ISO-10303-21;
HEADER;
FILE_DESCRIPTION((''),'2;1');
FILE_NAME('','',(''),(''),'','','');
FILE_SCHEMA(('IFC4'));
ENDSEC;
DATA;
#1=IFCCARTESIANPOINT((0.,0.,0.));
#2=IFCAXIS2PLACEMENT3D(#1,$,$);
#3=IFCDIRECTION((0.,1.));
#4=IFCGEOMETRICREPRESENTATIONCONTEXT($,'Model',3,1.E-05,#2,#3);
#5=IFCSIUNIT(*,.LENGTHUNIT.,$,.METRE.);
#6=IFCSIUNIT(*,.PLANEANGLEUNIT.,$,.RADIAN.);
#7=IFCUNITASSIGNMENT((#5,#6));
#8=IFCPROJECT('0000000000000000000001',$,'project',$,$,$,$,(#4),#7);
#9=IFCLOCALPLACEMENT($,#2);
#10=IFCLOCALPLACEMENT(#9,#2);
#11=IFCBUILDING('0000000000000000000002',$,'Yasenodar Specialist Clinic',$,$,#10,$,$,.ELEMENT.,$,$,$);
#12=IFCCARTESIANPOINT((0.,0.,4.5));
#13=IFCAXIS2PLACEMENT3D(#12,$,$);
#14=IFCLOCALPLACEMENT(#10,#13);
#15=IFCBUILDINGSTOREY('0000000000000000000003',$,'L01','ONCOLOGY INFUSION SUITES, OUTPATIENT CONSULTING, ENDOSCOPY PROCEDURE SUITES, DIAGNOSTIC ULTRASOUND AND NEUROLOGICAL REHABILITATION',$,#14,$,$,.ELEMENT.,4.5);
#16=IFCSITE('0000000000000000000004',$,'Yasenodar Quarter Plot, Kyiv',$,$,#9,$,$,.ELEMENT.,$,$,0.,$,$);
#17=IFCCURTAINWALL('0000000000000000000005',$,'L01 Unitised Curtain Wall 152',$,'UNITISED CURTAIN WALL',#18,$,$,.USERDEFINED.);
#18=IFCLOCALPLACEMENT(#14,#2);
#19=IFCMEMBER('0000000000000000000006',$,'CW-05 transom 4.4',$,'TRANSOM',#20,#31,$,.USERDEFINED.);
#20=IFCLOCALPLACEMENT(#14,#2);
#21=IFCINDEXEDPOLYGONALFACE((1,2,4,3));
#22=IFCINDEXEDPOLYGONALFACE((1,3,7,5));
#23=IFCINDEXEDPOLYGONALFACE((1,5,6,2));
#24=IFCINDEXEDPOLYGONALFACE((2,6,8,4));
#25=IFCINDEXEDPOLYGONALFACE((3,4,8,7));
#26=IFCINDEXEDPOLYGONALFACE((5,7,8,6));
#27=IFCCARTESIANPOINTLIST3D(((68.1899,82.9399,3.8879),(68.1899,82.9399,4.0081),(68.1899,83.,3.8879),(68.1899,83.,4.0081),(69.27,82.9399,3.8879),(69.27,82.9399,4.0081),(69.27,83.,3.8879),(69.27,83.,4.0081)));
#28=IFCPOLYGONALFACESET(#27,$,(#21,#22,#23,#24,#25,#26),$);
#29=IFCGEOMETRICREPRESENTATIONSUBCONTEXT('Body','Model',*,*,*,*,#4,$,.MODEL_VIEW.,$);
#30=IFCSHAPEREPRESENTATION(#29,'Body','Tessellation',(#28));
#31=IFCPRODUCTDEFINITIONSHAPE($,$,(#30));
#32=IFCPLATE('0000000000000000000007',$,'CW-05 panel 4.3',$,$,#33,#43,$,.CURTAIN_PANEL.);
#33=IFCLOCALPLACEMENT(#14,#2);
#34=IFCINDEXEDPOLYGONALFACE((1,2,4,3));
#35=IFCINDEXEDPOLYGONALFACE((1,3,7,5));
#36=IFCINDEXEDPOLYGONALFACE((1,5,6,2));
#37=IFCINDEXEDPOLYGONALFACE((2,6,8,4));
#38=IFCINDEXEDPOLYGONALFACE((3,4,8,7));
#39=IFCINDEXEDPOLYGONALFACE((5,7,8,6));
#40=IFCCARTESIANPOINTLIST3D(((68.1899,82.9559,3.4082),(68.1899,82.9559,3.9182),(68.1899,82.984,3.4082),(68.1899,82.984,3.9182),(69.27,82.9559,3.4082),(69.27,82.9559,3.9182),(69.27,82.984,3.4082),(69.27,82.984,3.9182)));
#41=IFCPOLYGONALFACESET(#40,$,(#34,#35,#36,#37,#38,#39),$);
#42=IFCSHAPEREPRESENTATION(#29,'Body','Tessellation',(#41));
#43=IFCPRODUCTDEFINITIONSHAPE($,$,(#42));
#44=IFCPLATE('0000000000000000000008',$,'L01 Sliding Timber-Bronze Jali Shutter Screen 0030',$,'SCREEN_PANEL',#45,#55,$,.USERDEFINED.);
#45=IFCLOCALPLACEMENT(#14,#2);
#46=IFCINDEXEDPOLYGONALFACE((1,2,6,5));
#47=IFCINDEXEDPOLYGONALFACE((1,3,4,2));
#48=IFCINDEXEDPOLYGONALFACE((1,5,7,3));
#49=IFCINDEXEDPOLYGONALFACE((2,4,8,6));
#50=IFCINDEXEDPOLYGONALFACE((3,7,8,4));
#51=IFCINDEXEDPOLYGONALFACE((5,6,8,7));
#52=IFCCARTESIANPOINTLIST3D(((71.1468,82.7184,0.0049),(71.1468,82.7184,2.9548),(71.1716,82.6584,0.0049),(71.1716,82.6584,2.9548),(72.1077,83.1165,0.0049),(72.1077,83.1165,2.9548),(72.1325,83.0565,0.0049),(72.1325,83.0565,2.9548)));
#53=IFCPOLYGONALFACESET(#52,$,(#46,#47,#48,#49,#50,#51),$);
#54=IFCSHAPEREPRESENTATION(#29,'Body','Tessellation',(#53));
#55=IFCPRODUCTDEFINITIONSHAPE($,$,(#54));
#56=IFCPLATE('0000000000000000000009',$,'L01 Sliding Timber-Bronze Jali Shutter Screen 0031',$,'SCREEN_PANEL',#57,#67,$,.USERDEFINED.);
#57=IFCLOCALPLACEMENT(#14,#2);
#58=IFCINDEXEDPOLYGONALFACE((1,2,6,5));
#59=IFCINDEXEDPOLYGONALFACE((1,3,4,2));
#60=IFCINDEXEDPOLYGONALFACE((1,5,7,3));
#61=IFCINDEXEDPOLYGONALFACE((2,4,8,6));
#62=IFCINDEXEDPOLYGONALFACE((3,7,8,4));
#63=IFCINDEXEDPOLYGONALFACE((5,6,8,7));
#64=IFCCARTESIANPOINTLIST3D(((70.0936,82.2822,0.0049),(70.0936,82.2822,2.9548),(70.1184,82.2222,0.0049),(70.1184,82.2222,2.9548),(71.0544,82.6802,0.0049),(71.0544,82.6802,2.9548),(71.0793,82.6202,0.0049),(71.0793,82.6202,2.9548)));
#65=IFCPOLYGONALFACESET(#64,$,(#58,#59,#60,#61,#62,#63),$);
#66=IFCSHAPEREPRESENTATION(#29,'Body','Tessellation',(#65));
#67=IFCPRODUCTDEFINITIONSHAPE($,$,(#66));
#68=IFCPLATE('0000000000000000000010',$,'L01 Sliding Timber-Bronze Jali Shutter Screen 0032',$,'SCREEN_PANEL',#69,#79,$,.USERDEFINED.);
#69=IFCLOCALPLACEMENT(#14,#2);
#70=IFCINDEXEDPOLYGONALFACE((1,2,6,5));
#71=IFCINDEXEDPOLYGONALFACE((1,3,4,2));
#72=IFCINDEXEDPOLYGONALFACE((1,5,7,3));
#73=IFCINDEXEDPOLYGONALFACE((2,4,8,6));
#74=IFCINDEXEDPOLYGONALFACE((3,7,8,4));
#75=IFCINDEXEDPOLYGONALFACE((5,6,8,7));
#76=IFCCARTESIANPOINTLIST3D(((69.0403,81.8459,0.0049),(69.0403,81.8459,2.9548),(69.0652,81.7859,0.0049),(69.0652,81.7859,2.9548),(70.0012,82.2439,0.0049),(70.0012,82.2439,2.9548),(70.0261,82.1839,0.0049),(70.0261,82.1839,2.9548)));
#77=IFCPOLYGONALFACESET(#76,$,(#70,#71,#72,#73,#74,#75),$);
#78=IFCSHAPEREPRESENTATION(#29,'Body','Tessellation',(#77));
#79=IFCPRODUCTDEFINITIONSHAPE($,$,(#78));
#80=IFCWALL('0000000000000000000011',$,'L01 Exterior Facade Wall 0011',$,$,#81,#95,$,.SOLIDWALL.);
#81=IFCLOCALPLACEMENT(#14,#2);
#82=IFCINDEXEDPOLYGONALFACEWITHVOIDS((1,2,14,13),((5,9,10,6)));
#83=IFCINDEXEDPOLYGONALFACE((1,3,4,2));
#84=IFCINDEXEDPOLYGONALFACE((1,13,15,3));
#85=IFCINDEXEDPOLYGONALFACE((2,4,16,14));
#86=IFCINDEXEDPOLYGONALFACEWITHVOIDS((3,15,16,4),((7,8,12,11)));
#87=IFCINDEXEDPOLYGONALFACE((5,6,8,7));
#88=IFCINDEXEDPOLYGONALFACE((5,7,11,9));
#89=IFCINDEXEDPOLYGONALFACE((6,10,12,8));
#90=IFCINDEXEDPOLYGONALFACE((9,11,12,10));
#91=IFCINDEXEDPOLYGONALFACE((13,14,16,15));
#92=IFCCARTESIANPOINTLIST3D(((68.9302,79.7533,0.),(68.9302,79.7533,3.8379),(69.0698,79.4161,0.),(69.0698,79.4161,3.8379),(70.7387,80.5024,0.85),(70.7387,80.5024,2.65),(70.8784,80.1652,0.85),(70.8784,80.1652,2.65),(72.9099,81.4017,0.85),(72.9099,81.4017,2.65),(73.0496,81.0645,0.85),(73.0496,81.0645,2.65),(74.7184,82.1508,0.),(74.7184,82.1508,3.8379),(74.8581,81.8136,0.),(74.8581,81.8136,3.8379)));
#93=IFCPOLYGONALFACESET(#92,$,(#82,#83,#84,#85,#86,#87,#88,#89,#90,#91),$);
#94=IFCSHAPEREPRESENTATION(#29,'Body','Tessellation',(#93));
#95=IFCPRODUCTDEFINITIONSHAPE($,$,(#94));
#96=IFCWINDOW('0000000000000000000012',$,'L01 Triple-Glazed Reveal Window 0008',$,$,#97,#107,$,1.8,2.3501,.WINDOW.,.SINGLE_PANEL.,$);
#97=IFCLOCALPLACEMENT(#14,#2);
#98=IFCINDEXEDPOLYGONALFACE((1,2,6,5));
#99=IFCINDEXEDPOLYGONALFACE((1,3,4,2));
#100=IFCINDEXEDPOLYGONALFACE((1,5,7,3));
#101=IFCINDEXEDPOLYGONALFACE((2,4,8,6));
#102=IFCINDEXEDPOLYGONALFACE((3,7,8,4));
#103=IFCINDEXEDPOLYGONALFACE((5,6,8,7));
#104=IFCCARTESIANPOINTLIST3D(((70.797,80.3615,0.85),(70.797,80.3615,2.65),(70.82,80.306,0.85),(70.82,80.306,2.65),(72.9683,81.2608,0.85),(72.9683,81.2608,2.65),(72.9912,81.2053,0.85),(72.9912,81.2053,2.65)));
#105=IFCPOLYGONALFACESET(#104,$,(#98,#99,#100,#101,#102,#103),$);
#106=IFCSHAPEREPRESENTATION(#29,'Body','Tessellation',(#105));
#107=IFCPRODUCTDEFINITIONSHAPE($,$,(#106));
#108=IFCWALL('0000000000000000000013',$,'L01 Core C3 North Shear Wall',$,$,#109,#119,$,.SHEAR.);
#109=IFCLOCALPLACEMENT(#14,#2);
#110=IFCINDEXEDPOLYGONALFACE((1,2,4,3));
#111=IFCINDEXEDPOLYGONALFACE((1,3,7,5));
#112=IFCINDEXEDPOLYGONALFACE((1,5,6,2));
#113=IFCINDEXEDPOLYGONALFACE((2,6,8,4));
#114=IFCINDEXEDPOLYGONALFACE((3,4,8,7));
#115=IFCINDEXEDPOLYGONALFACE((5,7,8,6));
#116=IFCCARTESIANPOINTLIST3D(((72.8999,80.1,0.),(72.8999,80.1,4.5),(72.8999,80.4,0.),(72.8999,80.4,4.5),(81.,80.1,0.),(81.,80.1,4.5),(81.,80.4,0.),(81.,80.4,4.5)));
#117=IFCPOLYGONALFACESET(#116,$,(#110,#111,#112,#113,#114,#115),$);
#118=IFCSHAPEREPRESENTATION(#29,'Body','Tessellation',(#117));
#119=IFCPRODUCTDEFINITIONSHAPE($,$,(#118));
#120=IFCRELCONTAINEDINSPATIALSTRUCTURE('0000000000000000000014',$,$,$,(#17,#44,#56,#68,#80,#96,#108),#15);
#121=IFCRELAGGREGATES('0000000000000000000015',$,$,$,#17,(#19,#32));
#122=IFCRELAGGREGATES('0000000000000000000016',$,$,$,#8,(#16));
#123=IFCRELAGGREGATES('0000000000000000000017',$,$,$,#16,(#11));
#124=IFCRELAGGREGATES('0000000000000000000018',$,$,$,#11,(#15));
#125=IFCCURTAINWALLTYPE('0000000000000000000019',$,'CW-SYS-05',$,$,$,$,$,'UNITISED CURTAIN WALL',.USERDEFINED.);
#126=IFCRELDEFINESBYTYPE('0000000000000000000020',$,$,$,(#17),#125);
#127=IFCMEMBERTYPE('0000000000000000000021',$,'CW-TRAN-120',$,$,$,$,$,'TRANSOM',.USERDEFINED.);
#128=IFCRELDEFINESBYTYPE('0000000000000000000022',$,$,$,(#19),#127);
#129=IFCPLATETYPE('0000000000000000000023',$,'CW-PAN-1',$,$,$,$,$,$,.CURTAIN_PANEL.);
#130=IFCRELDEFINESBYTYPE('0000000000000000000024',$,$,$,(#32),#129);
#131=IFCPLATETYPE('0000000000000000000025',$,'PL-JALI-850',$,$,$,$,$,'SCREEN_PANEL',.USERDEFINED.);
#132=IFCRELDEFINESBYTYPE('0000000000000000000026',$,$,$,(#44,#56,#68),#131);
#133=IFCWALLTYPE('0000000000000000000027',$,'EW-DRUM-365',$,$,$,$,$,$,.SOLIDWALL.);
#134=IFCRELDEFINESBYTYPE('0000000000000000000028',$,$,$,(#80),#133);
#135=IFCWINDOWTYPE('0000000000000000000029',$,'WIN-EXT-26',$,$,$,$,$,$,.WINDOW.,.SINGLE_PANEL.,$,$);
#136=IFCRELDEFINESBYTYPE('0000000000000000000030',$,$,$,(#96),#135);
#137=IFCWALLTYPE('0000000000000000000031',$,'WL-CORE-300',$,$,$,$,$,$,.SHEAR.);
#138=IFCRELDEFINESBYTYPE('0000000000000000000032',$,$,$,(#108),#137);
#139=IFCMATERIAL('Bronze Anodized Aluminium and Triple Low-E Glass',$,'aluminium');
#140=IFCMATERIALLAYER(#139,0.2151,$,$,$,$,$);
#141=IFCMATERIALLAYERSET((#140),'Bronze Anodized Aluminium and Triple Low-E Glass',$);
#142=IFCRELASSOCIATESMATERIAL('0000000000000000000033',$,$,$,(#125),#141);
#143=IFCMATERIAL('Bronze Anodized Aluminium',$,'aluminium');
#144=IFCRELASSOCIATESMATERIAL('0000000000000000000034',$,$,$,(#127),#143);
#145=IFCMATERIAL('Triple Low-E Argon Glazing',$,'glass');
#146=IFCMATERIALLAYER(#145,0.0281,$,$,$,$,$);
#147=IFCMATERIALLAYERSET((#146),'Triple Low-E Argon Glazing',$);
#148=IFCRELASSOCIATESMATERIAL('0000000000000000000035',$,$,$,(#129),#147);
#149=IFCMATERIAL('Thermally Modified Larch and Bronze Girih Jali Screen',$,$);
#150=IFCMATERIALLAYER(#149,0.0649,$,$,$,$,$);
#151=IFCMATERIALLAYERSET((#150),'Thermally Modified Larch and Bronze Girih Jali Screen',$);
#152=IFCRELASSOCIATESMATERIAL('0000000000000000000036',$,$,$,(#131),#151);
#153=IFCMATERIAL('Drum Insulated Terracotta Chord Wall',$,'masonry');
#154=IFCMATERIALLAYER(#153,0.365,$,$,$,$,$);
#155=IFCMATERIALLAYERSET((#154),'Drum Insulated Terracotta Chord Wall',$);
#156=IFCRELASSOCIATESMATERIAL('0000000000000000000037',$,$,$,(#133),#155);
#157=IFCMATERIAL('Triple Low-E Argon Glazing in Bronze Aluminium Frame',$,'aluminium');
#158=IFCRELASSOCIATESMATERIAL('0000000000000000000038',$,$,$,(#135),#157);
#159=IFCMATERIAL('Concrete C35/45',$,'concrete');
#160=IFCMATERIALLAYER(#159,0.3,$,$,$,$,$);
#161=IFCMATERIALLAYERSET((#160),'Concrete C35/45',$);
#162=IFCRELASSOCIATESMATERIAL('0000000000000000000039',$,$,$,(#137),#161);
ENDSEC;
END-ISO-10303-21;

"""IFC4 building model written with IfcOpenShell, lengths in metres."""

from ifc_helpers import new_model, si_unit, direction, frame, frame_2d, origin, origin_2d, place, context, subcontext, project, spatial, rectangle, extrude, material, layer, layer_set, material_profile, profile_set, type_object, element, fill, aggregate, save


model = new_model("IFC4")

# Units and contexts
model_context = context("Model", 3, precision=1e-05, world=origin(), true_north=direction((0.0, 1.0)))
body_context = subcontext(model_context, "Body", "Model", "MODEL_VIEW")
ifc_project = project(units=[si_unit("LENGTHUNIT", "METRE"), si_unit("PLANEANGLEUNIT", "RADIAN")], contexts=[model_context])

# Site, building, storey
site_placement = place(None, origin())
site = spatial("IfcSite", under=ifc_project, at=site_placement, Name="Yasenodar Quarter Plot, Kyiv", CompositionType="ELEMENT", RefElevation=0.0)
building_placement = place(site_placement, origin())
building = spatial("IfcBuilding", under=site, at=building_placement, Name="Yasenodar Specialist Clinic", CompositionType="ELEMENT")
storey_placement = place(building_placement, frame((0.0, 0.0, 4.5)))
storey = spatial("IfcBuildingStorey", under=building, at=storey_placement, Name="L01", Description="ONCOLOGY INFUSION SUITES, OUTPATIENT CONSULTING, ENDOSCOPY PROCEDURE SUITES, DIAGNOSTIC ULTRASOUND AND NEUROLOGICAL REHABILITATION", CompositionType="ELEMENT", Elevation=4.5)

# Curtain wall, member, plate
ifc_material_1 = material(Name="Bronze Anodized Aluminium and Triple Low-E Glass", Category="aluminium")
ifc_layer_1 = layer(ifc_material_1, 0.2151)
ifc_layer_set_1 = layer_set([ifc_layer_1], Name="Bronze Anodized Aluminium and Triple Low-E Glass")
curtain_wall_type = type_object("IfcCurtainWallType", Name="CW-SYS-05", ElementType="UNITISED CURTAIN WALL", PredefinedType="USERDEFINED", material=ifc_layer_set_1)
curtain_wall_placement = place(storey_placement, origin())
curtain_wall = element("IfcCurtainWall", 1, at=curtain_wall_placement, inside=storey, type_object=curtain_wall_type, Name="L01 Unitised Curtain Wall 152", ObjectType="UNITISED CURTAIN WALL", PredefinedType="USERDEFINED")
ifc_material_2 = material(Name="Bronze Anodized Aluminium", Category="aluminium")
ifc_material_profile_1 = material_profile(ifc_material_2, rectangle(XDim=0.0601, YDim=0.1201, at=origin_2d()), Name="CW-TRAN 60x120")
ifc_profile_set_1 = profile_set([ifc_material_profile_1], Name="Bronze Anodized Aluminium")
member_type = type_object("IfcMemberType", Name="CW-TRAN-120", ElementType="TRANSOM", PredefinedType="USERDEFINED", material=ifc_profile_set_1)
member_1_placement = place(storey_placement, frame((69.27, 82.97, 3.948), z_axis=(-1.0, 0.0, 0.0), x_axis=(0.0, -1.0, 0.0)))
member_1 = element("IfcMember", 2, at=member_1_placement, type_object=member_type, Name="CW-05 transom 4.4", ObjectType="TRANSOM", PredefinedType="USERDEFINED", context=body_context, shape_type="SweptSolid", body=[
    extrude(rectangle(XDim=0.0601, YDim=0.1201, at=origin_2d()), origin(), (0.0, 0.0, 1.0), 1.0801),
])
ifc_material_3 = material(Name="Triple Low-E Argon Glazing", Category="glass")
ifc_layer_2 = layer(ifc_material_3, 0.0281)
ifc_layer_set_2 = layer_set([ifc_layer_2], Name="Triple Low-E Argon Glazing")
plate_type_1 = type_object("IfcPlateType", Name="CW-PAN-1", PredefinedType="CURTAIN_PANEL", material=ifc_layer_set_2)
plate_placement = place(storey_placement, frame((68.73, 82.97, 3.4082), z_axis=(0.0, 0.0, 1.0), x_axis=(-1.0, 0.0, 0.0)))
plate = element("IfcPlate", 3, at=plate_placement, type_object=plate_type_1, Name="CW-05 panel 4.3", PredefinedType="CURTAIN_PANEL", context=body_context, shape_type="SweptSolid", body=[
    extrude(rectangle(XDim=1.0801, YDim=0.0281, at=origin_2d()), origin(), (0.0, 0.0, 1.0), 0.51),
])
aggregate(curtain_wall, [member_1, plate])

# Plates
ifc_material_4 = material(Name="Thermally Modified Larch and Bronze Girih Jali Screen")
ifc_layer_3 = layer(ifc_material_4, 0.0649)
ifc_layer_set_3 = layer_set([ifc_layer_3], Name="Thermally Modified Larch and Bronze Girih Jali Screen")
plate_type_2 = type_object("IfcPlateType", Name="PL-JALI-850", ElementType="SCREEN_PANEL", PredefinedType="USERDEFINED", material=ifc_layer_set_3)
for number, where, z_axis, x_axis, name in (
    (4, (71.6396, 82.8875, 0.0049), (0.0, 0.0, 1.0), (-0.923878, -0.382687, 0.0), "L01 Sliding Timber-Bronze Jali Shutter Screen 0030"),
    (5, (70.5864, 82.4512, 0.0049), (0.0, 0.0, 1.0), (-0.923878, -0.382687, 0.0), "L01 Sliding Timber-Bronze Jali Shutter Screen 0031"),
    (6, (69.5332, 82.0149, 0.0049), (0.0, 0.0, 1.0), (-0.923878, -0.382687, 0.0), "L01 Sliding Timber-Bronze Jali Shutter Screen 0032"),
):
    element("IfcPlate", number, at=place(storey_placement, frame(where, z_axis=z_axis, x_axis=x_axis)), inside=storey, type_object=plate_type_2, Name=name, ObjectType="SCREEN_PANEL", PredefinedType="USERDEFINED", context=body_context, shape_type="SweptSolid", body=[
        extrude(rectangle(XDim=1.04, YDim=0.0649, at=origin_2d()), origin(), (0.0, 0.0, 1.0), 2.95),
    ])

# Wall, opening, window
ifc_material_5 = material(Name="Drum Insulated Terracotta Chord Wall", Category="masonry")
ifc_layer_4 = layer(ifc_material_5, 0.365)
ifc_layer_set_4 = layer_set([ifc_layer_4], Name="Drum Insulated Terracotta Chord Wall")
wall_type_1 = type_object("IfcWallType", Name="EW-DRUM-365", PredefinedType="SOLIDWALL", material=ifc_layer_set_4)
wall_1_placement = place(storey_placement, frame((69.0, 79.5847, 0.0), z_axis=(0.0, 0.0, 1.0), x_axis=(0.923888, 0.382664, 0.0)))
wall_1 = element("IfcWall", 7, at=wall_1_placement, inside=storey, type_object=wall_type_1, Name="L01 Exterior Facade Wall 0011", PredefinedType="SOLIDWALL", context=body_context, shape_type="SweptSolid", body=[
    extrude(rectangle(XDim=6.2651, YDim=0.365, at=frame_2d((3.1326, 0.0))), origin(), (0.0, 0.0, 1.0), 3.8379),
])
opening_placement = place(wall_1_placement, frame((1.9575, 0.0, 0.8501)))
opening = element("IfcOpeningElement", 8, at=opening_placement, cuts=wall_1, PredefinedType="OPENING", context=body_context, shape_type="SweptSolid", body=[
    extrude(rectangle(XDim=2.3501, YDim=1.8, at=frame_2d((1.175, 0.8999))), frame((0.0, 0.1924, 0.0), z_axis=(0.0, -1.0, 0.0), x_axis=(1.0, 0.0, 0.0)), (0.0, 0.0, 1.0), 0.385),
])
ifc_material_6 = material(Name="Triple Low-E Argon Glazing in Bronze Aluminium Frame", Category="aluminium")
window_type = type_object("IfcWindowType", Name="WIN-EXT-26", PartitioningType="SINGLE_PANEL", PredefinedType="WINDOW", material=ifc_material_6)
window_placement = place(opening_placement, origin())
window = element("IfcWindow", 9, at=window_placement, inside=storey, type_object=window_type, Name="L01 Triple-Glazed Reveal Window 0008", OverallHeight=1.8, OverallWidth=2.3501, PartitioningType="SINGLE_PANEL", PredefinedType="WINDOW", context=body_context, shape_type="SweptSolid", body=[
    extrude(rectangle(XDim=2.3501, YDim=1.8, at=frame_2d((1.175, 0.8999))), frame((0.0, 0.03, 0.0), z_axis=(0.0, -1.0, 0.0), x_axis=(1.0, 0.0, 0.0)), (0.0, 0.0, 1.0), 0.0601),
])
fill(opening, window)

# Wall
ifc_material_7 = material(Name="Concrete C35/45", Category="concrete")
ifc_layer_5 = layer(ifc_material_7, 0.3)
ifc_layer_set_5 = layer_set([ifc_layer_5], Name="Concrete C35/45")
wall_type_2 = type_object("IfcWallType", Name="WL-CORE-300", PredefinedType="SHEAR", material=ifc_layer_set_5)
wall_2_placement = place(storey_placement, frame((72.8999, 80.25, 0.0), z_axis=(0.0, 0.0, 1.0), x_axis=(1.0, 0.0, 0.0)))
element("IfcWall", 10, at=wall_2_placement, inside=storey, type_object=wall_type_2, Name="L01 Core C3 North Shear Wall", PredefinedType="SHEAR", context=body_context, shape_type="SweptSolid", body=[
    extrude(rectangle(XDim=8.1001, YDim=0.3, at=frame_2d((4.05, 0.0))), origin(), (0.0, 0.0, 1.0), 4.5),
])

save(model, "model.ifc")
